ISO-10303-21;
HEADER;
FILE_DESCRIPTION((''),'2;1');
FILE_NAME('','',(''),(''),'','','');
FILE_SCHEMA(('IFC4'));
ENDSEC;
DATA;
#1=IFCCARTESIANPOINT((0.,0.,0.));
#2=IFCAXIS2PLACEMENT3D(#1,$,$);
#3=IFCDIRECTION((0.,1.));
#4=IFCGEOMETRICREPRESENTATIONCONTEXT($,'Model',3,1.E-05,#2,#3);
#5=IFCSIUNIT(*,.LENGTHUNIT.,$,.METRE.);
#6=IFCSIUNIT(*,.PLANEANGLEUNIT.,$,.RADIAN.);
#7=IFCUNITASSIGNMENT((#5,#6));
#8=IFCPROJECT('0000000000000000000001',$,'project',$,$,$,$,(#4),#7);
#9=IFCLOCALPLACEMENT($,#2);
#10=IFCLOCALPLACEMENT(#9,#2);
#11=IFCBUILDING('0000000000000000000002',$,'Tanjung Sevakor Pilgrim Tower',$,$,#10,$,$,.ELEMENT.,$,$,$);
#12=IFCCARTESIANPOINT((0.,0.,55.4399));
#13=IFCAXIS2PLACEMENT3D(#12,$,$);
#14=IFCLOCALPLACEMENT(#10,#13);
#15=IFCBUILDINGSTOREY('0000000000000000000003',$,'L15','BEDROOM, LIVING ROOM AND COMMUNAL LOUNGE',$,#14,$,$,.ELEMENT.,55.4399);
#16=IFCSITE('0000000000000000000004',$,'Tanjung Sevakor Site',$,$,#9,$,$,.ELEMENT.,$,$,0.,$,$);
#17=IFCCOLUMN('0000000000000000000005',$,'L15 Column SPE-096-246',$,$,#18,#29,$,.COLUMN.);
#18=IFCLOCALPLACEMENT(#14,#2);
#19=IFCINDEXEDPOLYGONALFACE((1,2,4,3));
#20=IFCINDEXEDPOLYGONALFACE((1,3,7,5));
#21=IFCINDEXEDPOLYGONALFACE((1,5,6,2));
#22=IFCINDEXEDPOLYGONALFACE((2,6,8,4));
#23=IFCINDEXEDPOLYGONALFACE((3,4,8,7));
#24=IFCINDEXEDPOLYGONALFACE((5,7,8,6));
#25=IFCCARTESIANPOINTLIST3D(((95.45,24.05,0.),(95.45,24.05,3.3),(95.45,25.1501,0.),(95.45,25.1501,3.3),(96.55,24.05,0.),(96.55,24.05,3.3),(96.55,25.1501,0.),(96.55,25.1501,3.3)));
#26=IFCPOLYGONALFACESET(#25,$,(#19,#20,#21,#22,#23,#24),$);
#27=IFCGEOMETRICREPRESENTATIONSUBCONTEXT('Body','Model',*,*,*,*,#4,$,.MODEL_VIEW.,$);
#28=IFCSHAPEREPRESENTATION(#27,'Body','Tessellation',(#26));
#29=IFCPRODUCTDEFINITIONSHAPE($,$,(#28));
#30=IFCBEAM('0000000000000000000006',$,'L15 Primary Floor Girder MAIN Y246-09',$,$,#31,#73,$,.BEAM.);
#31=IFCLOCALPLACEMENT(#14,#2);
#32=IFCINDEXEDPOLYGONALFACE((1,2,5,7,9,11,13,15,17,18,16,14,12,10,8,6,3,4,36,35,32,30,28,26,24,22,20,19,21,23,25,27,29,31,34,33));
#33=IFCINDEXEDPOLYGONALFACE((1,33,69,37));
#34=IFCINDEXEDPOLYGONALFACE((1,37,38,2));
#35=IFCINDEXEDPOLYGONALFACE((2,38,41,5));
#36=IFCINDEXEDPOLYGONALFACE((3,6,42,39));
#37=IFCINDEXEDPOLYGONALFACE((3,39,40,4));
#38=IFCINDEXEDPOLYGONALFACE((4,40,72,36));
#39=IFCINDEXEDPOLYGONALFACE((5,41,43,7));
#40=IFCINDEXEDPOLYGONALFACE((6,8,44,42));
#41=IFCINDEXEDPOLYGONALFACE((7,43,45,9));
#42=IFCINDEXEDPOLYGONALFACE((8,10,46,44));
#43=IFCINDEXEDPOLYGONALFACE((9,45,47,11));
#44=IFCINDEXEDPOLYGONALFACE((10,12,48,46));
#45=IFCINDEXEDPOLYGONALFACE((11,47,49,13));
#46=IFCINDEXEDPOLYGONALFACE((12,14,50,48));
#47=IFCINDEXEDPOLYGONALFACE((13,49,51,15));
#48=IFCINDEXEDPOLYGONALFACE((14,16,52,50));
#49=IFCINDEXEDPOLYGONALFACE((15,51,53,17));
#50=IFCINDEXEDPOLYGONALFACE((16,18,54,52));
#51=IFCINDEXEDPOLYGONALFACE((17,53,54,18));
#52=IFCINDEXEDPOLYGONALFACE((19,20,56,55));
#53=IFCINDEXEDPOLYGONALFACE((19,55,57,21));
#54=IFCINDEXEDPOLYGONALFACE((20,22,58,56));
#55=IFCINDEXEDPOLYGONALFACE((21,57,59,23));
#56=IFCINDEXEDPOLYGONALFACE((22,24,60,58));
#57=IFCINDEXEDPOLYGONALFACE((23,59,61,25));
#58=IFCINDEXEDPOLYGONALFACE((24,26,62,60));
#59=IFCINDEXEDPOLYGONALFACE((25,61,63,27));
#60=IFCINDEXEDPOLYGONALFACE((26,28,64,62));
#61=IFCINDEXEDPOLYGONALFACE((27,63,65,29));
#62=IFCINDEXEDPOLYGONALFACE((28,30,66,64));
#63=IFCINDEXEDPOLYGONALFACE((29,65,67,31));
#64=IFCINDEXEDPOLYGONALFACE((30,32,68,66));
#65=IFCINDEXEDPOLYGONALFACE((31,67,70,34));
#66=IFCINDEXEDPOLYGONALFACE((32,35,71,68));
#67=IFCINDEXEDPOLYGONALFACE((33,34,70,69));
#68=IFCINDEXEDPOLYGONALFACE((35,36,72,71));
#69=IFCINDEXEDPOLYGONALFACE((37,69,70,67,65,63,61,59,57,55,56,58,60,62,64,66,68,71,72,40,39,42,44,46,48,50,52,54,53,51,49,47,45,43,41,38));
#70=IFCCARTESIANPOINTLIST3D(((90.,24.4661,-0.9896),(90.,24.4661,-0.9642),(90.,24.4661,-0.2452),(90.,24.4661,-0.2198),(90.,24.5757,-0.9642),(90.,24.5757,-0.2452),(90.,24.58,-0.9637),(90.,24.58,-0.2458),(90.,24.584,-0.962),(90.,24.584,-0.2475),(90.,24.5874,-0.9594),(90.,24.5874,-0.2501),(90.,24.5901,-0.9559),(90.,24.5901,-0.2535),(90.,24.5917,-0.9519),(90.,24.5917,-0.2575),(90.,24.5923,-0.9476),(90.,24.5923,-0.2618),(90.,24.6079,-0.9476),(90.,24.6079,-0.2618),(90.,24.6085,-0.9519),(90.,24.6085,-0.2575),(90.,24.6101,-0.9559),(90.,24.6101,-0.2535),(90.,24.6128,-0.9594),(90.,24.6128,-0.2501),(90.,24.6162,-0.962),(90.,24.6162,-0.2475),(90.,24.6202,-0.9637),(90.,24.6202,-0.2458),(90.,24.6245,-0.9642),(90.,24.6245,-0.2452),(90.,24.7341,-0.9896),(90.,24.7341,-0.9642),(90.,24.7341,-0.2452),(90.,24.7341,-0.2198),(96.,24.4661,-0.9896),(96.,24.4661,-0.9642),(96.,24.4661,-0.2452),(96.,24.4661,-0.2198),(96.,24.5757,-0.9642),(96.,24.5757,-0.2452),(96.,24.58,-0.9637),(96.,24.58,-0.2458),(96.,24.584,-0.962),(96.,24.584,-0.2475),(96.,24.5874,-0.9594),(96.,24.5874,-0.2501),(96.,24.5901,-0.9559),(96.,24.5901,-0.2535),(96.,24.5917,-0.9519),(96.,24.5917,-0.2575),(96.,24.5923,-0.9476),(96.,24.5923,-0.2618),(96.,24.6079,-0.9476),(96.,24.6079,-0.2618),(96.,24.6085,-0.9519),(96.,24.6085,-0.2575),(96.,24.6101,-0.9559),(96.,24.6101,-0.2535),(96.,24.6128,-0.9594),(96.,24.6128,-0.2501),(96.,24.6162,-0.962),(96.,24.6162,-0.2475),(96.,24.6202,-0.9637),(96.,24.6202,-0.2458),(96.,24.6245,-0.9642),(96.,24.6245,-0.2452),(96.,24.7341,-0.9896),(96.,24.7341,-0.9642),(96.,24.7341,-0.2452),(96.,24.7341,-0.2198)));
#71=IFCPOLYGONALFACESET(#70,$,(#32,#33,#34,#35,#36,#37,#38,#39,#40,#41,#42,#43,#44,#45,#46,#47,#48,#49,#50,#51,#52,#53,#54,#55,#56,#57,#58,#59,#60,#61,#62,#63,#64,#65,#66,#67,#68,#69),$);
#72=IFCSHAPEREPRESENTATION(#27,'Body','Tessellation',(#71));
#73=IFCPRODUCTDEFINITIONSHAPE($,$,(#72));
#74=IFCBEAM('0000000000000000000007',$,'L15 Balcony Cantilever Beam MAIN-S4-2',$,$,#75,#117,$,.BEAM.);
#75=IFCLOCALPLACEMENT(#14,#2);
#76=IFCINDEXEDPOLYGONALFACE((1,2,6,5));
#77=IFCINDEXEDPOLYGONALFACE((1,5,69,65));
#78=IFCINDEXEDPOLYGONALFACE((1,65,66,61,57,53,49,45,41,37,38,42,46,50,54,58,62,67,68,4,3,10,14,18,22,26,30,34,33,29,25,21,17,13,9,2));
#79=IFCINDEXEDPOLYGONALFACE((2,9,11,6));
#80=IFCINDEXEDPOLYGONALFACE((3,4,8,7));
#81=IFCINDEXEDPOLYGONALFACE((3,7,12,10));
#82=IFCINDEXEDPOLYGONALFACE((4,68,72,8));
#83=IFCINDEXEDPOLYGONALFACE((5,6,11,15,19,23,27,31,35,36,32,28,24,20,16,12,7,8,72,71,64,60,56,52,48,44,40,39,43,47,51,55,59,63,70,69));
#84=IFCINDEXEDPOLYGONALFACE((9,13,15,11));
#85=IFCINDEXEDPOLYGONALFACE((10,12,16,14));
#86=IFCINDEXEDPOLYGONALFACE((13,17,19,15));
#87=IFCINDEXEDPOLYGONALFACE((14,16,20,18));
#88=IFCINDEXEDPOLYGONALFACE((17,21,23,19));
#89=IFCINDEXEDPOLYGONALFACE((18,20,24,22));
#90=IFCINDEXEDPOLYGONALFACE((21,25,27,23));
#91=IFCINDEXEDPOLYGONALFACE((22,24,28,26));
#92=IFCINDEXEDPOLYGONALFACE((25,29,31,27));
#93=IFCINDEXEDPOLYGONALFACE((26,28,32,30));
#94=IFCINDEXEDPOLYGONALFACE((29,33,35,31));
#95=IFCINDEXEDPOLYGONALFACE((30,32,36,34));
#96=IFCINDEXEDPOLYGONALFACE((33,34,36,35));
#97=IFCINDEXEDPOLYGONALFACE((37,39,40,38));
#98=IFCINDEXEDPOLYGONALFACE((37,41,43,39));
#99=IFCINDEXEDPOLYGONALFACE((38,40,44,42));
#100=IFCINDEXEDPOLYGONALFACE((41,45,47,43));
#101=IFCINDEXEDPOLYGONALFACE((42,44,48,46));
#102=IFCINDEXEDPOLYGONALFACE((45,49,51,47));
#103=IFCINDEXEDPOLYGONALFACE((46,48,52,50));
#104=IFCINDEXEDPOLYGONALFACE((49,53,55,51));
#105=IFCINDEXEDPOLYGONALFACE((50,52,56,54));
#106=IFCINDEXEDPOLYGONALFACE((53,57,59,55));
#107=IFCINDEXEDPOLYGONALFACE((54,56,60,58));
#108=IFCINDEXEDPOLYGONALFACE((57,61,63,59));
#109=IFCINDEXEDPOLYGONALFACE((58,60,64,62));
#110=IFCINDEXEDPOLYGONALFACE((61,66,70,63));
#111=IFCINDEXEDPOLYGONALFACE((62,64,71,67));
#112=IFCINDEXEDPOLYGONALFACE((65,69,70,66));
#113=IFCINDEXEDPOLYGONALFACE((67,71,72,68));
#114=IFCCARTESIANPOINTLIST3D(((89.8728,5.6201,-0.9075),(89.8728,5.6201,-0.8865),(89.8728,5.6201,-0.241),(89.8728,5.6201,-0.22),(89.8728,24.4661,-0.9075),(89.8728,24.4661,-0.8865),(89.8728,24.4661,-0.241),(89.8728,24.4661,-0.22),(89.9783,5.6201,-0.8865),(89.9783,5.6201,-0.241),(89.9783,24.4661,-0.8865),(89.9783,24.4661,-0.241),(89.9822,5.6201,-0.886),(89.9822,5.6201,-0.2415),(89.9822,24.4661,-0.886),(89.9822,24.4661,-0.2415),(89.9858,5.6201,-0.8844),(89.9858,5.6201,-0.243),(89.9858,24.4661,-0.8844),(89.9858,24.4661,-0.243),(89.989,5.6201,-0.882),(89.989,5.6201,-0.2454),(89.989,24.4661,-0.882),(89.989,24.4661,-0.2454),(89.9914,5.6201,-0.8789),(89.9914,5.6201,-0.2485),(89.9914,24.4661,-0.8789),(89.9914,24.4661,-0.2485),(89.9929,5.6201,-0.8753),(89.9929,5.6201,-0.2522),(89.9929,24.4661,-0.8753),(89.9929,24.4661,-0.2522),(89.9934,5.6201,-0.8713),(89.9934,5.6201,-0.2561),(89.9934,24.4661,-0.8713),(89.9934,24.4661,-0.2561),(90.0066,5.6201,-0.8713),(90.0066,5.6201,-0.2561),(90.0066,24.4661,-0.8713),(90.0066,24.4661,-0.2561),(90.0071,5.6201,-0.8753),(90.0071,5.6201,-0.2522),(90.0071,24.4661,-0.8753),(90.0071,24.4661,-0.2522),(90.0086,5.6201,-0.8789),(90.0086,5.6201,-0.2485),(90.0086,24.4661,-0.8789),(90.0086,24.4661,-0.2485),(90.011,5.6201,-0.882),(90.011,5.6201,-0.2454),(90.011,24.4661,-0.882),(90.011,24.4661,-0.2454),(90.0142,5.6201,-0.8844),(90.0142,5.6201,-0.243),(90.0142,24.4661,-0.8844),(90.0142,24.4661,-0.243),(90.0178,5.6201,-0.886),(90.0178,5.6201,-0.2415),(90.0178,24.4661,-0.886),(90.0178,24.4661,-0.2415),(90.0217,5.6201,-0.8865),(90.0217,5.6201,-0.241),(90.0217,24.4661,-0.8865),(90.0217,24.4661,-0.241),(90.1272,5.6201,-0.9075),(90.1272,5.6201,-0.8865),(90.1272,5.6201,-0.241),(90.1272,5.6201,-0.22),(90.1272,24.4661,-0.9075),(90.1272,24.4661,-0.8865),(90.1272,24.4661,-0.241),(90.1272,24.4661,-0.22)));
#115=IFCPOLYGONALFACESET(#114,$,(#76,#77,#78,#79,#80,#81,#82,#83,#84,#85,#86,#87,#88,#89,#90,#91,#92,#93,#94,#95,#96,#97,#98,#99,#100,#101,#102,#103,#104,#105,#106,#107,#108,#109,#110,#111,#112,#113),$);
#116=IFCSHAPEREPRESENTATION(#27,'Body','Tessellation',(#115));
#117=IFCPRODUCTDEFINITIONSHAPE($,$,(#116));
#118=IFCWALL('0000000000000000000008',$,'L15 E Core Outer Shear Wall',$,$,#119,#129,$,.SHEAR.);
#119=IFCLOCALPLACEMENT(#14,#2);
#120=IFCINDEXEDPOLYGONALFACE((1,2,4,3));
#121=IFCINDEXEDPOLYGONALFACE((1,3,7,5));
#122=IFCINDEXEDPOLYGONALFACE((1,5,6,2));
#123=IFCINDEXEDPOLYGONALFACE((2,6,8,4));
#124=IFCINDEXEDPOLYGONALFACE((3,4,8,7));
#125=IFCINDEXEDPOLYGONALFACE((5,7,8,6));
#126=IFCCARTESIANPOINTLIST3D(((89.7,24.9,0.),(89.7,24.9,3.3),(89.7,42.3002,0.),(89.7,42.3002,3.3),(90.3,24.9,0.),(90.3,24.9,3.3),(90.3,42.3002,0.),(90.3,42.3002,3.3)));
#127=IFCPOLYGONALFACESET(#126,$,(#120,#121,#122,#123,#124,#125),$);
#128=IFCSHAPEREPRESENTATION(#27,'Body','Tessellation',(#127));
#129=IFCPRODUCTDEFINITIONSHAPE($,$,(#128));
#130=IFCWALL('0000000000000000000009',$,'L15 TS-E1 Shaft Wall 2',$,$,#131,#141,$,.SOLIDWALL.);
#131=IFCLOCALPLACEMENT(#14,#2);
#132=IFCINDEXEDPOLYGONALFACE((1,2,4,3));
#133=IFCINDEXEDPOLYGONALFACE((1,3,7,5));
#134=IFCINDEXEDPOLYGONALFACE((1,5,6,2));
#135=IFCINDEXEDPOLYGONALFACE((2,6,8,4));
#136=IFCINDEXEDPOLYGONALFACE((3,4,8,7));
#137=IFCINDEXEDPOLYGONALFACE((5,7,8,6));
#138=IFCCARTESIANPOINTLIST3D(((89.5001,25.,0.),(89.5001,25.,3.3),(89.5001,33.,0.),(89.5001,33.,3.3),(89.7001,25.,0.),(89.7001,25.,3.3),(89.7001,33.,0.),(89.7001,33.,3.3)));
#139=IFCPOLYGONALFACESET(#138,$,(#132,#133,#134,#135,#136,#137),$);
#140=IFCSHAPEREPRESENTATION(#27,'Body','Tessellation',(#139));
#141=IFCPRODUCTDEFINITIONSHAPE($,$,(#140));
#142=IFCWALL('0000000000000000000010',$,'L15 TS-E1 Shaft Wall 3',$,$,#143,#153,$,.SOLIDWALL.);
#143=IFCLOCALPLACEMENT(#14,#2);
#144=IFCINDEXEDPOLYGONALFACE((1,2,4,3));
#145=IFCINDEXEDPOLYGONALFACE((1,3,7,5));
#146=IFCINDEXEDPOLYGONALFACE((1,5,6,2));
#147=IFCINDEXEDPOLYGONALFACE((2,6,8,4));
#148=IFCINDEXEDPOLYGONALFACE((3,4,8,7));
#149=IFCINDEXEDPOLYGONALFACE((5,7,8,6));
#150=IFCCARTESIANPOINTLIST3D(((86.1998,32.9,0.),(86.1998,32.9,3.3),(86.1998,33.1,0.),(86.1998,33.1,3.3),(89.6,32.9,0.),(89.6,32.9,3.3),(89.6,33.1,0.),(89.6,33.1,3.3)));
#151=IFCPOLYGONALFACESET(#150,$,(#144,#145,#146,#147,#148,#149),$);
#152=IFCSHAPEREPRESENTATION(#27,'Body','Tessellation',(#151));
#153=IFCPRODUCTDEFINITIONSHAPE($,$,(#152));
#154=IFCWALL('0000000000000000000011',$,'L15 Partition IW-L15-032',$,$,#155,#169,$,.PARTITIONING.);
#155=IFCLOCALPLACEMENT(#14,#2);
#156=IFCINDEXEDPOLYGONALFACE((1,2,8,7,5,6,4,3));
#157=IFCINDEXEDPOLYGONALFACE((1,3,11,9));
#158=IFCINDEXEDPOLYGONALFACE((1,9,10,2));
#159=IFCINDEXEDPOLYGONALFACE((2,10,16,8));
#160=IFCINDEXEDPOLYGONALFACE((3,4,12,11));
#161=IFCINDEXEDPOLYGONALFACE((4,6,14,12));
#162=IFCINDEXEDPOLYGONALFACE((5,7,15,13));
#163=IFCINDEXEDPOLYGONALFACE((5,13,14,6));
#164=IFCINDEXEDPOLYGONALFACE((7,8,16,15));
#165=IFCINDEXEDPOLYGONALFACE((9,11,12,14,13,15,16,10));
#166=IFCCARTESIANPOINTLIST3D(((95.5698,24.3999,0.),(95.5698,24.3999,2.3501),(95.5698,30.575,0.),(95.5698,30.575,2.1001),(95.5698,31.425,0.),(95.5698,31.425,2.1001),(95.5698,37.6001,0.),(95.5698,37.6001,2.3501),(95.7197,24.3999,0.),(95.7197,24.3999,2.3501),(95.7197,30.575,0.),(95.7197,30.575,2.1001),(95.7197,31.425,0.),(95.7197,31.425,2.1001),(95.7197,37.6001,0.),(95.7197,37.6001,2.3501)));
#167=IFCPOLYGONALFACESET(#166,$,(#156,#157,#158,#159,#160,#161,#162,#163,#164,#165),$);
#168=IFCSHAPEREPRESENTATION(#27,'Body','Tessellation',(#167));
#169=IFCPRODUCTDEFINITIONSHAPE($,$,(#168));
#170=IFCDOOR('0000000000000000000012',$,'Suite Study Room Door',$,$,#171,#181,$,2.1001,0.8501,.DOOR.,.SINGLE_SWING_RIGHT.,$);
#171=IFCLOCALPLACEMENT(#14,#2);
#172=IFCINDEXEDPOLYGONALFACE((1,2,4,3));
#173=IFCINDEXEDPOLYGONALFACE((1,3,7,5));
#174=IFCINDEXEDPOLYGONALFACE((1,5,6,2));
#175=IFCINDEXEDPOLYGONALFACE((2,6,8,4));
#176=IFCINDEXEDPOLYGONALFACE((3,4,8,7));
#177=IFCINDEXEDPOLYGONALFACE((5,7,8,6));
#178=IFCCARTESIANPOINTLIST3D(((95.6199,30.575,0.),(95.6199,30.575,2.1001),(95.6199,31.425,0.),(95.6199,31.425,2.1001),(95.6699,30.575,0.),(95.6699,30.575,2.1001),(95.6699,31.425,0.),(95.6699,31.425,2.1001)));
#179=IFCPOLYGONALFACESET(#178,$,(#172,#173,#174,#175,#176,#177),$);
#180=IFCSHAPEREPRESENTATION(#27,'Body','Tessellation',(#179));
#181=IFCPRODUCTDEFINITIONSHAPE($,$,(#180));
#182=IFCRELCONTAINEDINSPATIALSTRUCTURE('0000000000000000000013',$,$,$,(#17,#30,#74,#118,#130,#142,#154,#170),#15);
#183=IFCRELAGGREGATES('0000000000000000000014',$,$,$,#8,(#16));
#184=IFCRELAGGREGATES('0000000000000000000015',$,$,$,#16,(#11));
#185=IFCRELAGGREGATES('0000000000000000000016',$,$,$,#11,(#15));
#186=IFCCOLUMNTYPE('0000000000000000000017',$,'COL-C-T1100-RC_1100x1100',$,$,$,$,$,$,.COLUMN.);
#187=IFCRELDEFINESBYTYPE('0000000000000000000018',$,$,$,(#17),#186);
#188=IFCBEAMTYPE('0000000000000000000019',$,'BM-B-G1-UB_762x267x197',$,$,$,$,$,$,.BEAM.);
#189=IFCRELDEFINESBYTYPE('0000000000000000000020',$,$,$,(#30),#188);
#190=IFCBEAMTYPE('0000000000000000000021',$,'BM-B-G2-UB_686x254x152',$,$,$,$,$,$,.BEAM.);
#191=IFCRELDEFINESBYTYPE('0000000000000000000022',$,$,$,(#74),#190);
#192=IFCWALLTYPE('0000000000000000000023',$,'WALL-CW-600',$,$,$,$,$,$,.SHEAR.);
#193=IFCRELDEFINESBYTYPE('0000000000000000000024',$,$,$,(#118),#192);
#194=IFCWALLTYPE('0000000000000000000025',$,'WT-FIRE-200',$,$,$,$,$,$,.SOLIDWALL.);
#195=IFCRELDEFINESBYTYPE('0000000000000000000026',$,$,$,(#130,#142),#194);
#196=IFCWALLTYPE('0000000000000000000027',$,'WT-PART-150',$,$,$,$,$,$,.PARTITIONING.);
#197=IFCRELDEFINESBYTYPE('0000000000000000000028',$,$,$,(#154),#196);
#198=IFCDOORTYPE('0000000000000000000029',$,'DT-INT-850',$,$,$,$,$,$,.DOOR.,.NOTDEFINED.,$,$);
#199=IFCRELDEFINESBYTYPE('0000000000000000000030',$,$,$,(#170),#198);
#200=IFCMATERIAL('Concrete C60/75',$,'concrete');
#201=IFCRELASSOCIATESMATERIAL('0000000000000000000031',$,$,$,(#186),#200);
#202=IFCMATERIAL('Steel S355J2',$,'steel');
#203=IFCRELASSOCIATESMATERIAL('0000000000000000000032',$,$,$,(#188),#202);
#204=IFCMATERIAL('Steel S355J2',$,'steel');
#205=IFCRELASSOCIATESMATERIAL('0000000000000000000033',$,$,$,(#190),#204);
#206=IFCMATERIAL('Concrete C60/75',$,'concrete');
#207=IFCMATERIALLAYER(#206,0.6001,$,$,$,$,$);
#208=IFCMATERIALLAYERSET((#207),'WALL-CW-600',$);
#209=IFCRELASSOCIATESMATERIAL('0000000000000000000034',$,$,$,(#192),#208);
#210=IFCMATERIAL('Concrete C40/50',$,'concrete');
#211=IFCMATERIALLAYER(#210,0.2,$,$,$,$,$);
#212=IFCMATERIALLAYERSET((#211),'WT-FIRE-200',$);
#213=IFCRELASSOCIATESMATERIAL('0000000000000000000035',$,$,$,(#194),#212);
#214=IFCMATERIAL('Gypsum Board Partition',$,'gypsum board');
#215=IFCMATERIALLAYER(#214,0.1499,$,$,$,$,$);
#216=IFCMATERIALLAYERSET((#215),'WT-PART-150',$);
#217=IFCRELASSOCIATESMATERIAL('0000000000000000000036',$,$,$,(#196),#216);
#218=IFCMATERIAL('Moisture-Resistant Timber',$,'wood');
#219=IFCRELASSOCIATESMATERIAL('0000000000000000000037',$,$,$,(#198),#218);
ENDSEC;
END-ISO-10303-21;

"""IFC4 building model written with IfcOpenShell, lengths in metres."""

from ifc_helpers import new_model, si_unit, direction, frame, frame_2d, origin, origin_2d, place, context, subcontext, project, spatial, rectangle, i_section, extrude, material, layer, layer_set, material_profile, profile_set, type_object, element, fill, save


model = new_model("IFC4")

# Units and contexts
model_context = context("Model", 3, precision=1e-05, world=origin(), true_north=direction((0.0, 1.0)))
body_context = subcontext(model_context, "Body", "Model", "MODEL_VIEW")
ifc_project = project(units=[si_unit("LENGTHUNIT", "METRE"), si_unit("PLANEANGLEUNIT", "RADIAN")], contexts=[model_context])

# Site, building, storey
site_placement = place(None, origin())
site = spatial("IfcSite", under=ifc_project, at=site_placement, Name="Tanjung Sevakor Site", CompositionType="ELEMENT", RefElevation=0.0)
building_placement = place(site_placement, origin())
building = spatial("IfcBuilding", under=site, at=building_placement, Name="Tanjung Sevakor Pilgrim Tower", CompositionType="ELEMENT")
storey_placement = place(building_placement, frame((0.0, 0.0, 55.4399)))
storey = spatial("IfcBuildingStorey", under=building, at=storey_placement, Name="L15", Description="BEDROOM, LIVING ROOM AND COMMUNAL LOUNGE", CompositionType="ELEMENT", Elevation=55.4399)

# Column
ifc_material_1 = material(Name="Concrete C60/75", Category="concrete")
ifc_material_profile_1 = material_profile(ifc_material_1, rectangle(XDim=1.1001, YDim=1.1001, at=origin_2d()))
ifc_profile_set_1 = profile_set([ifc_material_profile_1], Name="Concrete C60/75")
column_type = type_object("IfcColumnType", Name="COL-C-T1100-RC_1100x1100", PredefinedType="COLUMN", material=ifc_profile_set_1)
column_placement = place(storey_placement, frame((96.0, 24.6001, 0.0), z_axis=(0.0, 0.0, 1.0), x_axis=(1.0, 0.0, 0.0)))
element("IfcColumn", 1, at=column_placement, inside=storey, type_object=column_type, Name="L15 Column SPE-096-246", PredefinedType="COLUMN", context=body_context, shape_type="SweptSolid", body=[
    extrude(rectangle(XDim=1.1001, YDim=1.1001, at=origin_2d()), origin(), (0.0, 0.0, 1.0), 3.3),
])

# Beams
ifc_material_2 = material(Name="Steel S355J2", Category="steel")
ifc_material_profile_2 = material_profile(ifc_material_2, i_section(OverallWidth=0.2681, OverallDepth=0.7698, WebThickness=0.0156, FlangeThickness=0.0254, FilletRadius=0.0166, at=origin_2d()))
ifc_profile_set_2 = profile_set([ifc_material_profile_2], Name="Steel S355J2")
beam_type_1 = type_object("IfcBeamType", Name="BM-B-G1-UB_762x267x197", PredefinedType="BEAM", material=ifc_profile_set_2)
beam_1_placement = place(storey_placement, frame((90.0, 24.6001, -0.6047), z_axis=(1.0, 0.0, 0.0), x_axis=(0.0, 1.0, 0.0)))
element("IfcBeam", 2, at=beam_1_placement, inside=storey, type_object=beam_type_1, Name="L15 Primary Floor Girder MAIN Y246-09", PredefinedType="BEAM", context=body_context, shape_type="SweptSolid", body=[
    extrude(i_section(OverallWidth=0.2681, OverallDepth=0.7698, WebThickness=0.0156, FlangeThickness=0.0254, FilletRadius=0.0166, at=origin_2d()), origin(), (0.0, 0.0, 1.0), 6.0),
])
ifc_material_3 = material(Name="Steel S355J2", Category="steel")
ifc_material_profile_3 = material_profile(ifc_material_3, i_section(OverallWidth=0.2544, OverallDepth=0.6875, WebThickness=0.0132, FlangeThickness=0.021, FilletRadius=0.0151, at=origin_2d()))
ifc_profile_set_3 = profile_set([ifc_material_profile_3], Name="Steel S355J2")
beam_type_2 = type_object("IfcBeamType", Name="BM-B-G2-UB_686x254x152", PredefinedType="BEAM", material=ifc_profile_set_3)
beam_2_placement = place(storey_placement, frame((90.0, 24.4661, -0.5637), z_axis=(0.0, -1.0, 0.0), x_axis=(1.0, 0.0, 0.0)))
element("IfcBeam", 3, at=beam_2_placement, inside=storey, type_object=beam_type_2, Name="L15 Balcony Cantilever Beam MAIN-S4-2", PredefinedType="BEAM", context=body_context, shape_type="SweptSolid", body=[
    extrude(i_section(OverallWidth=0.2544, OverallDepth=0.6875, WebThickness=0.0132, FlangeThickness=0.021, FilletRadius=0.0151, at=origin_2d()), origin(), (0.0, 0.0, 1.0), 18.8459),
])

# Walls
ifc_material_4 = material(Name="Concrete C60/75", Category="concrete")
ifc_layer_1 = layer(ifc_material_4, 0.6001)
ifc_layer_set_1 = layer_set([ifc_layer_1], Name="WALL-CW-600")
wall_type_1 = type_object("IfcWallType", Name="WALL-CW-600", PredefinedType="SHEAR", material=ifc_layer_set_1)
wall_1_placement = place(storey_placement, frame((90.0, 24.8999, 0.0), z_axis=(0.0, 0.0, 1.0), x_axis=(0.0, 1.0, 0.0)))
element("IfcWall", 4, at=wall_1_placement, inside=storey, type_object=wall_type_1, Name="L15 E Core Outer Shear Wall", PredefinedType="SHEAR", context=body_context, shape_type="SweptSolid", body=[
    extrude(rectangle(XDim=17.4001, YDim=0.6001, at=frame_2d((8.7002, 0.0))), origin(), (0.0, 0.0, 1.0), 3.3),
])
ifc_material_5 = material(Name="Concrete C40/50", Category="concrete")
ifc_layer_2 = layer(ifc_material_5, 0.2)
ifc_layer_set_2 = layer_set([ifc_layer_2], Name="WT-FIRE-200")
wall_type_2 = type_object("IfcWallType", Name="WT-FIRE-200", PredefinedType="SOLIDWALL", material=ifc_layer_set_2)
wall_2_placement = place(storey_placement, frame((89.6001, 25.0, 0.0), z_axis=(0.0, 0.0, 1.0), x_axis=(0.0, 1.0, 0.0)))
element("IfcWall", 5, at=wall_2_placement, inside=storey, type_object=wall_type_2, Name="L15 TS-E1 Shaft Wall 2", PredefinedType="SOLIDWALL", context=body_context, shape_type="SweptSolid", body=[
    extrude(rectangle(XDim=8.0, YDim=0.2, at=frame_2d((4.0, 0.0))), origin(), (0.0, 0.0, 1.0), 3.3),
])
wall_3_placement = place(storey_placement, frame((89.6001, 33.0, 0.0), z_axis=(0.0, 0.0, 1.0), x_axis=(-1.0, 0.0, 0.0)))
element("IfcWall", 6, at=wall_3_placement, inside=storey, type_object=wall_type_2, Name="L15 TS-E1 Shaft Wall 3", PredefinedType="SOLIDWALL", context=body_context, shape_type="SweptSolid", body=[
    extrude(rectangle(XDim=3.4001, YDim=0.2, at=frame_2d((1.7002, 0.0))), origin(), (0.0, 0.0, 1.0), 3.3),
])

# Wall, opening, door
ifc_material_6 = material(Name="Gypsum Board Partition", Category="gypsum board")
ifc_layer_3 = layer(ifc_material_6, 0.1499)
ifc_layer_set_3 = layer_set([ifc_layer_3], Name="WT-PART-150")
wall_type_3 = type_object("IfcWallType", Name="WT-PART-150", PredefinedType="PARTITIONING", material=ifc_layer_set_3)
wall_4_placement = place(storey_placement, frame((95.6448, 24.3999, 0.0), z_axis=(0.0, 0.0, 1.0), x_axis=(0.0, 1.0, 0.0)))
wall_4 = element("IfcWall", 7, at=wall_4_placement, inside=storey, type_object=wall_type_3, Name="L15 Partition IW-L15-032", PredefinedType="PARTITIONING", context=body_context, shape_type="SweptSolid", body=[
    extrude(rectangle(XDim=13.2002, YDim=0.1499, at=frame_2d((6.6001, 0.0))), origin(), (0.0, 0.0, 1.0), 2.3501),
])
opening_placement = place(wall_4_placement, frame((6.175, 0.0, 0.0)))
opening = element("IfcOpeningElement", 8, at=opening_placement, cuts=wall_4, PredefinedType="OPENING", context=body_context, shape_type="SweptSolid", body=[
    extrude(rectangle(XDim=0.8501, YDim=2.1001, at=frame_2d((0.425, 1.05))), frame((0.0, 0.085, 0.0), z_axis=(0.0, -1.0, 0.0), x_axis=(1.0, 0.0, 0.0)), (0.0, 0.0, 1.0), 0.1699),
])
ifc_material_7 = material(Name="Moisture-Resistant Timber", Category="wood")
door_type = type_object("IfcDoorType", Name="DT-INT-850", OperationType="NOTDEFINED", PredefinedType="DOOR", material=ifc_material_7)
door_placement = place(opening_placement, origin())
door = element("IfcDoor", 9, at=door_placement, inside=storey, type_object=door_type, Name="Suite Study Room Door", OperationType="SINGLE_SWING_RIGHT", OverallHeight=2.1001, OverallWidth=0.8501, PredefinedType="DOOR", context=body_context, shape_type="SweptSolid", body=[
    extrude(rectangle(XDim=0.8501, YDim=2.1001, at=frame_2d((0.425, 1.05))), frame((0.0, 0.0249, 0.0), z_axis=(0.0, -1.0, 0.0), x_axis=(1.0, 0.0, 0.0)), (0.0, 0.0, 1.0), 0.05),
])
fill(opening, door)

save(model, "model.ifc")
